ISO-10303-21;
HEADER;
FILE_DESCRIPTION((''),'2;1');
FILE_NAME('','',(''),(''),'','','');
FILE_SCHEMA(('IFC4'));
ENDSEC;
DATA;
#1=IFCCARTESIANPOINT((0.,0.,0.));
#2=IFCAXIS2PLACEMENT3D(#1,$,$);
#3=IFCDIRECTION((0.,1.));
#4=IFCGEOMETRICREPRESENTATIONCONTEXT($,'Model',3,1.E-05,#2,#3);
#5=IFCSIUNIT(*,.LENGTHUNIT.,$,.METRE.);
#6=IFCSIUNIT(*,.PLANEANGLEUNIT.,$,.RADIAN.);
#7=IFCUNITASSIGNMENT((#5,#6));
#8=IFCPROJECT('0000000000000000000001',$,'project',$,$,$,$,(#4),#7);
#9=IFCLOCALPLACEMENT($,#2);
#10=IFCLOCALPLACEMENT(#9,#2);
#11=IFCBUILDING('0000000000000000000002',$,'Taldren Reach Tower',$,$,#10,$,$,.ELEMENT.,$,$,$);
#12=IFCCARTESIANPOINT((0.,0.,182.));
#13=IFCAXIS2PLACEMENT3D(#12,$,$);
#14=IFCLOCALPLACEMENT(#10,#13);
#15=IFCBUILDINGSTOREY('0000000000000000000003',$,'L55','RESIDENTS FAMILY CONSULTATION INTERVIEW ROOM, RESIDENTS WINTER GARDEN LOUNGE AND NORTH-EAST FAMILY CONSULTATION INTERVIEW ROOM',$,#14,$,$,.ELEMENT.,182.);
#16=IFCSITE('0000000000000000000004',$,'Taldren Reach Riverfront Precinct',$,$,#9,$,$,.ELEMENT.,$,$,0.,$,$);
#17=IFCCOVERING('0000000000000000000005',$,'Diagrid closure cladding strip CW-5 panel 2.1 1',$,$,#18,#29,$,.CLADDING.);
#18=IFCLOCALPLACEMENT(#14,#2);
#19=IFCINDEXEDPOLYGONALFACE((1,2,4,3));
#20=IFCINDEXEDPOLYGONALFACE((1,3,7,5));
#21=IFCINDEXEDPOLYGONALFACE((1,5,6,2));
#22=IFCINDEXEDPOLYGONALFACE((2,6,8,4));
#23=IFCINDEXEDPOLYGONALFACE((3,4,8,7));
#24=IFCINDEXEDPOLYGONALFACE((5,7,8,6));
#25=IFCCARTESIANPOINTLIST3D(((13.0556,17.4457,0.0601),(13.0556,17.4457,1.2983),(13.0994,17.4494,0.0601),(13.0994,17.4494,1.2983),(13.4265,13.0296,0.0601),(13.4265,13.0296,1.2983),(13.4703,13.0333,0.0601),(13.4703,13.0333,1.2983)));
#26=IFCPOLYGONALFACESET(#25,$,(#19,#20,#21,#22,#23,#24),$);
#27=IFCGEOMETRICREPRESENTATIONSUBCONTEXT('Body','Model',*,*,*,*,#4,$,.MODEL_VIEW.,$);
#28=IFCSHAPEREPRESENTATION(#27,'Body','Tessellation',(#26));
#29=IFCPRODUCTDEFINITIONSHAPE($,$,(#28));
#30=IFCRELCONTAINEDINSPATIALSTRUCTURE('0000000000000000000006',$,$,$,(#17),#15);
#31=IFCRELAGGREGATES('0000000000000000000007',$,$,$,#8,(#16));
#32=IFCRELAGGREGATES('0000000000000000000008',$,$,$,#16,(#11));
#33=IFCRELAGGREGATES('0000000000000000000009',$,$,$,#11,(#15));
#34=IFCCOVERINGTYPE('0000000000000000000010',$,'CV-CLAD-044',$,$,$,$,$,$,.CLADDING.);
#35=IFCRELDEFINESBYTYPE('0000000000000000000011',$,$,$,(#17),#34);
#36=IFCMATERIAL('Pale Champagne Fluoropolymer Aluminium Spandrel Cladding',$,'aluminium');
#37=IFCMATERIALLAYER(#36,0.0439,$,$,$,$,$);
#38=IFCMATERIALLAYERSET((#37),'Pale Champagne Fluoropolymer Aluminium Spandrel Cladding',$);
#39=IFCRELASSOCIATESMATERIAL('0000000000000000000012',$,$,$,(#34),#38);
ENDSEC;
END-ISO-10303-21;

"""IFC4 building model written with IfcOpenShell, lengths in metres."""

from ifc_helpers import new_model, si_unit, direction, frame, origin, origin_2d, place, context, subcontext, project, spatial, rectangle, extrude, source, transform, mapped, material, layer, layer_set, type_object, element, save


model = new_model("IFC4")

# Units and contexts
model_context = context("Model", 3, precision=1e-05, world=origin(), true_north=direction((0.0, 1.0)))
body_context = subcontext(model_context, "Body", "Model", "MODEL_VIEW")
ifc_project = project(units=[si_unit("LENGTHUNIT", "METRE"), si_unit("PLANEANGLEUNIT", "RADIAN")], contexts=[model_context])

# Site, building, storey
site_placement = place(None, origin())
site = spatial("IfcSite", under=ifc_project, at=site_placement, Name="Taldren Reach Riverfront Precinct", CompositionType="ELEMENT", RefElevation=0.0)
building_placement = place(site_placement, origin())
building = spatial("IfcBuilding", under=site, at=building_placement, Name="Taldren Reach Tower", CompositionType="ELEMENT")
storey_placement = place(building_placement, frame((0.0, 0.0, 182.0)))
storey = spatial("IfcBuildingStorey", under=building, at=storey_placement, Name="L55", Description="RESIDENTS FAMILY CONSULTATION INTERVIEW ROOM, RESIDENTS WINTER GARDEN LOUNGE AND NORTH-EAST FAMILY CONSULTATION INTERVIEW ROOM", CompositionType="ELEMENT", Elevation=182.0)

# Covering
ifc_material_1 = material(Name="Pale Champagne Fluoropolymer Aluminium Spandrel Cladding", Category="aluminium")
ifc_layer_1 = layer(ifc_material_1, 0.0439)
ifc_layer_set_1 = layer_set([ifc_layer_1], Name="Pale Champagne Fluoropolymer Aluminium Spandrel Cladding")
covering_type = type_object("IfcCoveringType", Name="CV-CLAD-044", PredefinedType="CLADDING", material=ifc_layer_set_1)
shared_shape_1 = source(origin(), body_context, "Body", "SweptSolid", [
    extrude(rectangle(XDim=4.4316, YDim=0.0439, at=origin_2d()), origin(), (0.0, 0.0, 1.0), 1.2383),
])
for number, where, z_axis, x_axis, name in (
    (1, (13.2629, 15.2395, 0.0601), (0.0, 0.0, 1.0), (0.083678, -0.996493, 0.0), "Diagrid closure cladding strip CW-5 panel 2.1 1"),
):
    element("IfcCovering", number, at=place(storey_placement, frame(where, z_axis=z_axis, x_axis=x_axis)), inside=storey, type_object=covering_type, Name=name, PredefinedType="CLADDING", context=body_context, shape_type="MappedRepresentation", body=[
        mapped(shared_shape_1, transform((0.0, 0.0, 0.0), scale=1.0)),
    ])

save(model, "model.ifc")
